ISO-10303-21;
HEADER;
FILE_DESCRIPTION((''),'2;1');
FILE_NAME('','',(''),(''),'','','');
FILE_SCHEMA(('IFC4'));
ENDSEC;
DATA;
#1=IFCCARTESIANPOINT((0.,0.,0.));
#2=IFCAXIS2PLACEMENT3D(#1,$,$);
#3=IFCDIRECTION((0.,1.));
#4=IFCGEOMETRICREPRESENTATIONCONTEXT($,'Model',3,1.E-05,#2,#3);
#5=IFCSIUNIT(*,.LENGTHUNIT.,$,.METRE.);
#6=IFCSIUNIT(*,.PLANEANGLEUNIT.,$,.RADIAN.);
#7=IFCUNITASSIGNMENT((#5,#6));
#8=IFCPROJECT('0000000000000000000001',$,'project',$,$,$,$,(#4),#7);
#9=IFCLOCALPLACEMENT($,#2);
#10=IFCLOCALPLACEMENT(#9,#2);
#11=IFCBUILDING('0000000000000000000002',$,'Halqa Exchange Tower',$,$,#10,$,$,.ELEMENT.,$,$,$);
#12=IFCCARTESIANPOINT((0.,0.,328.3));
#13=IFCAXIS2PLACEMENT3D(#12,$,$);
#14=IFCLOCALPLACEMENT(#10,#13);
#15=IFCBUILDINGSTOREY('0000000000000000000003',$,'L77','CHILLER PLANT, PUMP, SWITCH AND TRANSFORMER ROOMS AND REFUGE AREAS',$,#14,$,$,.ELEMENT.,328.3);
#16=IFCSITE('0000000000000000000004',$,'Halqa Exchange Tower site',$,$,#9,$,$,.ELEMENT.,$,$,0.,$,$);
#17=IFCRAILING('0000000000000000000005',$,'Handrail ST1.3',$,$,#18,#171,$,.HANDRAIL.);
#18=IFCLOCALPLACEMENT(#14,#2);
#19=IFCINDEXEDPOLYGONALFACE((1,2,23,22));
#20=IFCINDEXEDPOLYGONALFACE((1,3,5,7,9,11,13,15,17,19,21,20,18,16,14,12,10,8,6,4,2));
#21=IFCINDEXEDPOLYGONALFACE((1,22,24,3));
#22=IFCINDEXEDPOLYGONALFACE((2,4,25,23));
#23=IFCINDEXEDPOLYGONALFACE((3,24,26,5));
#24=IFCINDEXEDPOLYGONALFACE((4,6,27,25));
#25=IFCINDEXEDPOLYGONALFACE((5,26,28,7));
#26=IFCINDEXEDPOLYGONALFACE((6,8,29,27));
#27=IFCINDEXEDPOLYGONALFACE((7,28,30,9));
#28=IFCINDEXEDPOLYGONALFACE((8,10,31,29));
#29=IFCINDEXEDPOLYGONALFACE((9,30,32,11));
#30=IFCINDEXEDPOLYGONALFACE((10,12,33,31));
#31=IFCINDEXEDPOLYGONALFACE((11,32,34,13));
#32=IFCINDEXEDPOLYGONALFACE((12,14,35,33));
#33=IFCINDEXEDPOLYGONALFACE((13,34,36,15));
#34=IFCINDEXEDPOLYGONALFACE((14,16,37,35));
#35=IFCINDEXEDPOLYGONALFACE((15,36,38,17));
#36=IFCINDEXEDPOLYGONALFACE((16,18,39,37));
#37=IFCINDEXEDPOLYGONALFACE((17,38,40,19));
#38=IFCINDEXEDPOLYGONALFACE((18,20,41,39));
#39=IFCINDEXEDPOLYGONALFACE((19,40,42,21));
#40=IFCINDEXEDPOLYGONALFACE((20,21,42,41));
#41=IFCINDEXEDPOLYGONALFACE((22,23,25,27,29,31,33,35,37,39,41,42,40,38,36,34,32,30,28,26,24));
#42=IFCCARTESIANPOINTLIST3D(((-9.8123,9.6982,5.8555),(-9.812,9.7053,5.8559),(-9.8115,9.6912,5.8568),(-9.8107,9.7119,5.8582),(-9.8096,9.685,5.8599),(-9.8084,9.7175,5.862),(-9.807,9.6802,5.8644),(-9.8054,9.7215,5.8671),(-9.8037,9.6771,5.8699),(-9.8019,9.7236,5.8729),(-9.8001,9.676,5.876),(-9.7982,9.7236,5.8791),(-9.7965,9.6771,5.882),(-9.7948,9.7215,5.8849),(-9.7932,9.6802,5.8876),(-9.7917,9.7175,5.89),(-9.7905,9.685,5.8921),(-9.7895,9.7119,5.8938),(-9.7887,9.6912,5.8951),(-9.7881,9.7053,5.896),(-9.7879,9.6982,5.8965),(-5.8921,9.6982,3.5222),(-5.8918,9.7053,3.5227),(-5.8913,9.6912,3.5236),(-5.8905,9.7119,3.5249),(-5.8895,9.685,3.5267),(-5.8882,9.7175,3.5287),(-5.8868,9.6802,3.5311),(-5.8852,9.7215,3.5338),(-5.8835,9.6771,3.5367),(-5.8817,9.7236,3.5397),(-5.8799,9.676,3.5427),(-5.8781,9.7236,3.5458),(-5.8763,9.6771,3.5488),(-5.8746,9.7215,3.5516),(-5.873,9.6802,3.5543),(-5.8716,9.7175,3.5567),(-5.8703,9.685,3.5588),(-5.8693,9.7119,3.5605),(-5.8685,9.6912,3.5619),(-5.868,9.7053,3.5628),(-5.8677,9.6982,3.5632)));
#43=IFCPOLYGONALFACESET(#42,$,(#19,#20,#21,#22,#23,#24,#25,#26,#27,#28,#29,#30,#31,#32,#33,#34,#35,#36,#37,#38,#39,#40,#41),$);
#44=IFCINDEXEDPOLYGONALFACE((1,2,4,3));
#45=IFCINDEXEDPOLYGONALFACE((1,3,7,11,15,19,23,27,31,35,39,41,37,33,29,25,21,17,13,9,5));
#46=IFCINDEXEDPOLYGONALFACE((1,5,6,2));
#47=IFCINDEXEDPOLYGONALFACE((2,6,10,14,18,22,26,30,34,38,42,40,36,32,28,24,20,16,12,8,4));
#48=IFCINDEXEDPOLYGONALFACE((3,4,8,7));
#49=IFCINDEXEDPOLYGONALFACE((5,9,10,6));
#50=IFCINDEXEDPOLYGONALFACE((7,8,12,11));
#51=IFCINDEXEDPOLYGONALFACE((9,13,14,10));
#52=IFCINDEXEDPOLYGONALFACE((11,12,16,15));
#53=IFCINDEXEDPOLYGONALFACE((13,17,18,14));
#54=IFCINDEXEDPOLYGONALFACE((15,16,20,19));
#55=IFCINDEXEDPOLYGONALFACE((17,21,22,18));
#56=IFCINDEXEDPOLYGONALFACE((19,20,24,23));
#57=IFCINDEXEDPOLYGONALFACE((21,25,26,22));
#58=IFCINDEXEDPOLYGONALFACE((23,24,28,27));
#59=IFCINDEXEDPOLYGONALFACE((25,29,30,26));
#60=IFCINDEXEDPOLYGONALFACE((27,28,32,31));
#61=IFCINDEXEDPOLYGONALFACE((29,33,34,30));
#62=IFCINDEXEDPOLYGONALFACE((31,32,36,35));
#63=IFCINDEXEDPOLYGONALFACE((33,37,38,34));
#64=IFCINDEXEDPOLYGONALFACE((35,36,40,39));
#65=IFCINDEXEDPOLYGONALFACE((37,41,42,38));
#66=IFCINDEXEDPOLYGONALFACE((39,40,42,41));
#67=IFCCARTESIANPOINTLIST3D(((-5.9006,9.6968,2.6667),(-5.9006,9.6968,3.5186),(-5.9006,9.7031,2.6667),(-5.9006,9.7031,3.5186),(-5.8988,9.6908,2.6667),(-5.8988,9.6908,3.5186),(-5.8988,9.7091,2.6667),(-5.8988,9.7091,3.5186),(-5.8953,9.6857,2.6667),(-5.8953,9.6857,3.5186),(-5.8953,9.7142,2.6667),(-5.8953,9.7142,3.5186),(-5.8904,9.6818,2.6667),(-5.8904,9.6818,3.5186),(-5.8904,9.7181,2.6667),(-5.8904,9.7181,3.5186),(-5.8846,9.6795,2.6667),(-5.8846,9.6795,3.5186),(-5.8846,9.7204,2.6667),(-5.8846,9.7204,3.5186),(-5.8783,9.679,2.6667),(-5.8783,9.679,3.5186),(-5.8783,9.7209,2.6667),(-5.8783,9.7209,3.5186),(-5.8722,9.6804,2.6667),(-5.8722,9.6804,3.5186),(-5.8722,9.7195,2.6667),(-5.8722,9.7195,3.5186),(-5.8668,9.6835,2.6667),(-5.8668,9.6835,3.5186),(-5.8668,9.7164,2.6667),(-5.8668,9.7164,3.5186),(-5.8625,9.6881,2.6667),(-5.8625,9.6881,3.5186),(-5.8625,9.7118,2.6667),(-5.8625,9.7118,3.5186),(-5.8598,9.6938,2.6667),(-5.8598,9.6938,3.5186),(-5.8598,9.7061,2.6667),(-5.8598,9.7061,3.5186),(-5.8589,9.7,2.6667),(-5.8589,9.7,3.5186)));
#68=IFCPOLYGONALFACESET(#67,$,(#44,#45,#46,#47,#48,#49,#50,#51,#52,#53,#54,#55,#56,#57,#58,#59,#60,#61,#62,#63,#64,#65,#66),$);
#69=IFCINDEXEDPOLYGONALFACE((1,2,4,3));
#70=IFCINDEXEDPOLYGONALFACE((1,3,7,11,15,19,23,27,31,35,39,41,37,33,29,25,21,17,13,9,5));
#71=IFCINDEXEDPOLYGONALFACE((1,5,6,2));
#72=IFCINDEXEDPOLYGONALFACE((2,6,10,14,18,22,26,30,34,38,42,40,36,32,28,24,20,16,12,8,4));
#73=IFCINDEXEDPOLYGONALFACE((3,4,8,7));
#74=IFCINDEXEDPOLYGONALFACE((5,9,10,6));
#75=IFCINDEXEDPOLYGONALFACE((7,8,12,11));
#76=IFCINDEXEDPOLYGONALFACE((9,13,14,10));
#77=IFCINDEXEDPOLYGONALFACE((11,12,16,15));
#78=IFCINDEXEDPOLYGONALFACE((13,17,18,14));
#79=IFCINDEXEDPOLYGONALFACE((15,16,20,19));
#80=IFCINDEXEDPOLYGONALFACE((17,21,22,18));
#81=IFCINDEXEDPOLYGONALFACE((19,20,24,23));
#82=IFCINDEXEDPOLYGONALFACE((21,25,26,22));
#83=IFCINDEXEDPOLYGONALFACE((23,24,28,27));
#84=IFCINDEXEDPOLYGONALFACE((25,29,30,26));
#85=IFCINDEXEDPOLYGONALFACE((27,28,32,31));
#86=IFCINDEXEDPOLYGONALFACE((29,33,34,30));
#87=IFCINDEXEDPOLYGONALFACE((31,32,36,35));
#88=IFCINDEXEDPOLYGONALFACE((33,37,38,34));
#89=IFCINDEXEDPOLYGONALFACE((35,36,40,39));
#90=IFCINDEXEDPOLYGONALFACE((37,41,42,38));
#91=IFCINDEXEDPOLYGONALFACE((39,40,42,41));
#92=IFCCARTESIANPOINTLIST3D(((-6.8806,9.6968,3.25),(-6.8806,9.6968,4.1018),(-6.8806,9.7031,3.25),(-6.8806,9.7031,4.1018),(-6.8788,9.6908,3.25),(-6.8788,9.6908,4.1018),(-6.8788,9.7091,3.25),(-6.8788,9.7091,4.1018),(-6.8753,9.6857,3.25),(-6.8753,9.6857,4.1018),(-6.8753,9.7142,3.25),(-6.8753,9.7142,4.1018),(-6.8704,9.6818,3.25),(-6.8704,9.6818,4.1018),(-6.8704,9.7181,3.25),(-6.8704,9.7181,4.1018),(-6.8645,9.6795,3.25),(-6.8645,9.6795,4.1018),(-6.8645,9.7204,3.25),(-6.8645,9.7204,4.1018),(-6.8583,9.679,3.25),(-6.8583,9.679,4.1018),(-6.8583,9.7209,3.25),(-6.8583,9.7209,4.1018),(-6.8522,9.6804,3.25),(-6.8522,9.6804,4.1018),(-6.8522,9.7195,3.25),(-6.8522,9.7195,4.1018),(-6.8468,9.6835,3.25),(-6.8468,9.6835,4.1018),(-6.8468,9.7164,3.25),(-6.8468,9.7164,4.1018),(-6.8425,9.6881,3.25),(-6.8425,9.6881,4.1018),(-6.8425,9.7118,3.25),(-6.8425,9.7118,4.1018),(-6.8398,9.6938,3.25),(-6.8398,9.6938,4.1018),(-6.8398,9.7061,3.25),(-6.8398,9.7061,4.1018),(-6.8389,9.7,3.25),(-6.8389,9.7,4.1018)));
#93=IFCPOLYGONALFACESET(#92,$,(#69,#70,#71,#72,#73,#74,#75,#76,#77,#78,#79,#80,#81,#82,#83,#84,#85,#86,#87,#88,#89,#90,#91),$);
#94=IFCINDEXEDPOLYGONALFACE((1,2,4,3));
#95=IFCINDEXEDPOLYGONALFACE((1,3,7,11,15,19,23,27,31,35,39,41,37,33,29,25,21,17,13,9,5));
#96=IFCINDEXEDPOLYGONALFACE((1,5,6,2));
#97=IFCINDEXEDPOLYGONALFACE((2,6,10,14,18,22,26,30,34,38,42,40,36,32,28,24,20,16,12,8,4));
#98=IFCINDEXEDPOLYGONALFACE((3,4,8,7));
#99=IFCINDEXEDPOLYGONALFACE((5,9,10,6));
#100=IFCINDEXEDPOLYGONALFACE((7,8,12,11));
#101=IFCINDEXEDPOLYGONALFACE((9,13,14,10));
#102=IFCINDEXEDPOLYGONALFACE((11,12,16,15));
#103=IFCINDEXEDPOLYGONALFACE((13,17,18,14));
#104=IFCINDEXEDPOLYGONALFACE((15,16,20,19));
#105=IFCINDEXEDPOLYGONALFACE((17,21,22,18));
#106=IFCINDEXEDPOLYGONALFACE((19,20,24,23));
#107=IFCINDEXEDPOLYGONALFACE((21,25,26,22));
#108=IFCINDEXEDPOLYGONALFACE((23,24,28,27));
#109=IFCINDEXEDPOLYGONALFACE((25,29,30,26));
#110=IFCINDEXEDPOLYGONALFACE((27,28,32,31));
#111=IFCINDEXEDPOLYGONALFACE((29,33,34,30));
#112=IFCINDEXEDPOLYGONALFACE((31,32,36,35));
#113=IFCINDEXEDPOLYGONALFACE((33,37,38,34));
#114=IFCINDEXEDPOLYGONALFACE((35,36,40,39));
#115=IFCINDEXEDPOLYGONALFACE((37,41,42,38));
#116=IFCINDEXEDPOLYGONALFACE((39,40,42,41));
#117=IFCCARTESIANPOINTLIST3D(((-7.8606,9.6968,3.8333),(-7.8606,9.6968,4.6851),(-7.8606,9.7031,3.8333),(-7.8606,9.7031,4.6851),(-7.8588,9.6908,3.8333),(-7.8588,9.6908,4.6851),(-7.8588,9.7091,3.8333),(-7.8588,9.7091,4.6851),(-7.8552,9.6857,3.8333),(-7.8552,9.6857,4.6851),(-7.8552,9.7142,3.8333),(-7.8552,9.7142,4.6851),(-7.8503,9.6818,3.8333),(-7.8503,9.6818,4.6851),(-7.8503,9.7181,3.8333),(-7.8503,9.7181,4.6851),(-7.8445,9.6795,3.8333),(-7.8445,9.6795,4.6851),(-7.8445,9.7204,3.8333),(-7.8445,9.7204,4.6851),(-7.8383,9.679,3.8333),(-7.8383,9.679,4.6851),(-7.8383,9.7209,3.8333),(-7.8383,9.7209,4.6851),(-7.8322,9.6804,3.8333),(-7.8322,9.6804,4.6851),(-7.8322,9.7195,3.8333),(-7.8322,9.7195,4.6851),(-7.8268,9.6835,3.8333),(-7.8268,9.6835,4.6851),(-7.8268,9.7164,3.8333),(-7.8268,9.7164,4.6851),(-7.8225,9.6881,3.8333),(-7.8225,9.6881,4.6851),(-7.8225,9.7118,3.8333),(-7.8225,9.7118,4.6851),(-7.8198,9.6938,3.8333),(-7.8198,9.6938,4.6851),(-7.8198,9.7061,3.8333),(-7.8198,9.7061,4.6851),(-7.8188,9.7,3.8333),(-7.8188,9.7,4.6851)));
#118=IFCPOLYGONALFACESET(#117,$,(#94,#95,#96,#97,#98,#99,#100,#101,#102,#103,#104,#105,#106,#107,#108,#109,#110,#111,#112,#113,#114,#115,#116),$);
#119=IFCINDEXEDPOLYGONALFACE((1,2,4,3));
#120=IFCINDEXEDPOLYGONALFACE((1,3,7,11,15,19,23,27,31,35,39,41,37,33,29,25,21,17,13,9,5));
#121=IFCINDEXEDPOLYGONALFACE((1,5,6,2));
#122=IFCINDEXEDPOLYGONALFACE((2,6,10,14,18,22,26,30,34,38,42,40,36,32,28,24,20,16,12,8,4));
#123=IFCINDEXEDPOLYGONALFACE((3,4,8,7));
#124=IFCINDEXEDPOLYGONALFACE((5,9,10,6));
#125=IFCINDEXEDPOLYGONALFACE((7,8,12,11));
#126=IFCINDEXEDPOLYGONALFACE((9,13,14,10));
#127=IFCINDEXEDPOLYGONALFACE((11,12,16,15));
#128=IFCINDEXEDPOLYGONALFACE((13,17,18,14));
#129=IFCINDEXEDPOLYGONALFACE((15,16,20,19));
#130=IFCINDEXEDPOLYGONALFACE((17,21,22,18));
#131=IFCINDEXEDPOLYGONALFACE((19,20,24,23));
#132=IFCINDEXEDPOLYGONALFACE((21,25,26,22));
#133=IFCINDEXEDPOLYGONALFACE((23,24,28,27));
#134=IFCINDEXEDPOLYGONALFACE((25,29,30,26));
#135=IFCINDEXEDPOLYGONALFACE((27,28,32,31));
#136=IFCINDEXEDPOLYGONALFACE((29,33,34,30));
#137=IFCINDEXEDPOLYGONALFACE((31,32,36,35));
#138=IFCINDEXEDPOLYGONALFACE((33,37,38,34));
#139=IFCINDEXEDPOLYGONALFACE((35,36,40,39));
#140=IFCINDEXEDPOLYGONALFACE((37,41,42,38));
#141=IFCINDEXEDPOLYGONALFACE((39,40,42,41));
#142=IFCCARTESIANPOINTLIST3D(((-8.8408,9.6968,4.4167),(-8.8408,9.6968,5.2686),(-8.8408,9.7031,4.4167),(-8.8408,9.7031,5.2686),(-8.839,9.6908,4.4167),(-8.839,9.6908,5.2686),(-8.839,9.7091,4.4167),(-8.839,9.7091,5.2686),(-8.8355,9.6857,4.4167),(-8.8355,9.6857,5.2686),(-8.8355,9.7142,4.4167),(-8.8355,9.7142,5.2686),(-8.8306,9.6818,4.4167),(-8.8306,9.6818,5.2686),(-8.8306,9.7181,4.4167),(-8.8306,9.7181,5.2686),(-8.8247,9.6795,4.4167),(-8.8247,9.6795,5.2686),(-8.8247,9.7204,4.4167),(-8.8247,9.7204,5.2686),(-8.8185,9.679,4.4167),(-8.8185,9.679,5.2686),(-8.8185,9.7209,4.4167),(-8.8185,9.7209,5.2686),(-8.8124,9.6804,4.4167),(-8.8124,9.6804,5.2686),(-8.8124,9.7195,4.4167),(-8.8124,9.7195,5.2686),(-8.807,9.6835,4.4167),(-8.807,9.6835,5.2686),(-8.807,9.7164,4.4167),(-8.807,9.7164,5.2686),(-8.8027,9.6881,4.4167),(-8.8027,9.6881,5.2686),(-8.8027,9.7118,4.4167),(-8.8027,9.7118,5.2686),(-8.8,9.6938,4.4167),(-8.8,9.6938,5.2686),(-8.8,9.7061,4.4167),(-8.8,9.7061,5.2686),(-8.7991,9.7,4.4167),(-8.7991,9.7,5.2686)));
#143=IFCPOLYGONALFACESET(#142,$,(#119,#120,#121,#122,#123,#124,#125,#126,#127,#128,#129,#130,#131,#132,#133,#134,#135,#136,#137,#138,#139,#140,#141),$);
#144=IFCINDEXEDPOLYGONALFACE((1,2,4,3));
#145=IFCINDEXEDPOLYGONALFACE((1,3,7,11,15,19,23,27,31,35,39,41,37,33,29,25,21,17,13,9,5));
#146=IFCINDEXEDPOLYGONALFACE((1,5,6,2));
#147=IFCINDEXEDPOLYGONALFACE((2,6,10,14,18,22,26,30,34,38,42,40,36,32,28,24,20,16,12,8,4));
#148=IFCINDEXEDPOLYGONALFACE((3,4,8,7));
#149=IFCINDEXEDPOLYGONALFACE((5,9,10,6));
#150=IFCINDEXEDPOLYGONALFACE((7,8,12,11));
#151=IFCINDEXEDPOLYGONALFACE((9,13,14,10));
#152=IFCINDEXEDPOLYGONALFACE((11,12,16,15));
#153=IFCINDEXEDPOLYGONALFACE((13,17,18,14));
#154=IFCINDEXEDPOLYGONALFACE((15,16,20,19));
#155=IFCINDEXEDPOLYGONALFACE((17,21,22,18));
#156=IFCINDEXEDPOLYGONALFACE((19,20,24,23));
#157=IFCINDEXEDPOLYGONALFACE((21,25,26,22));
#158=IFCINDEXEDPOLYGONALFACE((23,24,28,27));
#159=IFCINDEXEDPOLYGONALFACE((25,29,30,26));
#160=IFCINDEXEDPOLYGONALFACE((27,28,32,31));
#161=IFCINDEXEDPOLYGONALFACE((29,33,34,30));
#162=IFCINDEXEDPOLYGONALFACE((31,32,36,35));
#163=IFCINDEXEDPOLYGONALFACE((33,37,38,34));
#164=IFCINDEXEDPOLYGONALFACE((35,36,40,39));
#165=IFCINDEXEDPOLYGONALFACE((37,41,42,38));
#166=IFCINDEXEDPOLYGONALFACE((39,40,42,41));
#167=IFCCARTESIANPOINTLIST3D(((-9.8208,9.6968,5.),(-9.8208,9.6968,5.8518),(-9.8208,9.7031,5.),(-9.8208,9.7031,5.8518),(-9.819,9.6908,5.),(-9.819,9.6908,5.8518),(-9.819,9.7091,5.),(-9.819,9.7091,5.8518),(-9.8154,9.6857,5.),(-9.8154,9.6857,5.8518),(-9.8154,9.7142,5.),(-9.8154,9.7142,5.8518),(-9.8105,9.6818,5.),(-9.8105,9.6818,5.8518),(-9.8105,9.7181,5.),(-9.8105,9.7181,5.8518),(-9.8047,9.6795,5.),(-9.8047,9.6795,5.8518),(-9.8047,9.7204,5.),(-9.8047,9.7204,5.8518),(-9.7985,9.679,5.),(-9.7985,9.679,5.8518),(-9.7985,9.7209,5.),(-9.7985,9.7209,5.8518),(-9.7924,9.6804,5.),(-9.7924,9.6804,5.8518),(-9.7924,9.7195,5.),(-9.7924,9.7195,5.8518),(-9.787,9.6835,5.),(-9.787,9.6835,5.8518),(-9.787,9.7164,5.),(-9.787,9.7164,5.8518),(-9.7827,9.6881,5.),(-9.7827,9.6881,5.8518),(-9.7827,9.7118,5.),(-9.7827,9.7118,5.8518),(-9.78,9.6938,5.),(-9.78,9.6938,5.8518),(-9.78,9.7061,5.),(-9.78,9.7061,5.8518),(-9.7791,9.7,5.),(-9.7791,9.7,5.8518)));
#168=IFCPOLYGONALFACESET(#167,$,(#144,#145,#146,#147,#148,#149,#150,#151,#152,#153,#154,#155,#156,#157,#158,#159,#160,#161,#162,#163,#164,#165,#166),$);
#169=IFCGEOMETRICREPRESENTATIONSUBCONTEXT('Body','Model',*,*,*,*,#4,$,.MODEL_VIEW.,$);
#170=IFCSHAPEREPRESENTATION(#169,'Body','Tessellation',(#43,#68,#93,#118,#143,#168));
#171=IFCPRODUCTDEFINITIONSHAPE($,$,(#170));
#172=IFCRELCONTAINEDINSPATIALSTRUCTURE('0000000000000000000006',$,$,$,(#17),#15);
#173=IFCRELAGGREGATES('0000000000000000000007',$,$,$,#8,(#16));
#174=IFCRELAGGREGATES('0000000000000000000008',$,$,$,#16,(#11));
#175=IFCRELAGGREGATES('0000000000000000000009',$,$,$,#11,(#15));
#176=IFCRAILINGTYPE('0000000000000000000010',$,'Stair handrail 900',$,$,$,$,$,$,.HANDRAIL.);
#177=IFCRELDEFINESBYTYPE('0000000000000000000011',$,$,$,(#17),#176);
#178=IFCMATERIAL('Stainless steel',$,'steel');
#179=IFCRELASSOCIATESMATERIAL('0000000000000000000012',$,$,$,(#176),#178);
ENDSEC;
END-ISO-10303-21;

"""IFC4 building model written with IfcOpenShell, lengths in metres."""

from ifc_helpers import new_model, si_unit, direction, frame, origin, origin_2d, place, context, subcontext, project, spatial, circle, extrude, material, type_object, element, save


model = new_model("IFC4")

# Units and contexts
model_context = context("Model", 3, precision=1e-05, world=origin(), true_north=direction((0.0, 1.0)))
body_context = subcontext(model_context, "Body", "Model", "MODEL_VIEW")
ifc_project = project(units=[si_unit("LENGTHUNIT", "METRE"), si_unit("PLANEANGLEUNIT", "RADIAN")], contexts=[model_context])

# Site, building, storey
site_placement = place(None, origin())
site = spatial("IfcSite", under=ifc_project, at=site_placement, Name="Halqa Exchange Tower site", CompositionType="ELEMENT", RefElevation=0.0)
building_placement = place(site_placement, origin())
building = spatial("IfcBuilding", under=site, at=building_placement, Name="Halqa Exchange Tower", CompositionType="ELEMENT")
storey_placement = place(building_placement, frame((0.0, 0.0, 328.3)))
storey = spatial("IfcBuildingStorey", under=building, at=storey_placement, Name="L77", Description="CHILLER PLANT, PUMP, SWITCH AND TRANSFORMER ROOMS AND REFUGE AREAS", CompositionType="ELEMENT", Elevation=328.3)

# Railing
ifc_material_1 = material(Name="Stainless steel", Category="steel")
railing_type_1 = type_object("IfcRailingType", Name="Stair handrail 900", PredefinedType="HANDRAIL", material=ifc_material_1)
railing_1_placement = place(storey_placement, frame((-5.8799, 9.7, 2.6667)))
element("IfcRailing", 1, at=railing_1_placement, inside=storey, type_object=railing_type_1, Name="Handrail ST1.3", PredefinedType="HANDRAIL", context=body_context, shape_type="SweptSolid", body=[
    extrude(circle(Radius=0.0239, at=origin_2d()), frame((0.0, 0.0, 0.876), z_axis=(-0.85931, 0.0, 0.511455), x_axis=(0.0, -1.0, 0.0)), (0.0, 0.0, 1.0), 4.562),
    extrude(circle(Radius=0.021, at=origin_2d()), origin(), (0.0, 0.0, 1.0), 0.8518),
    extrude(circle(Radius=0.021, at=origin_2d()), frame((-0.98, 0.0, 0.5833)), (0.0, 0.0, 1.0), 0.8518),
    extrude(circle(Radius=0.021, at=origin_2d()), frame((-1.96, 0.0, 1.1665)), (0.0, 0.0, 1.0), 0.8518),
    extrude(circle(Radius=0.021, at=origin_2d()), frame((-2.9402, 0.0, 1.75)), (0.0, 0.0, 1.0), 0.8518),
    extrude(circle(Radius=0.021, at=origin_2d()), frame((-3.9202, 0.0, 2.3333)), (0.0, 0.0, 1.0), 0.8518),
])

save(model, "model.ifc")
